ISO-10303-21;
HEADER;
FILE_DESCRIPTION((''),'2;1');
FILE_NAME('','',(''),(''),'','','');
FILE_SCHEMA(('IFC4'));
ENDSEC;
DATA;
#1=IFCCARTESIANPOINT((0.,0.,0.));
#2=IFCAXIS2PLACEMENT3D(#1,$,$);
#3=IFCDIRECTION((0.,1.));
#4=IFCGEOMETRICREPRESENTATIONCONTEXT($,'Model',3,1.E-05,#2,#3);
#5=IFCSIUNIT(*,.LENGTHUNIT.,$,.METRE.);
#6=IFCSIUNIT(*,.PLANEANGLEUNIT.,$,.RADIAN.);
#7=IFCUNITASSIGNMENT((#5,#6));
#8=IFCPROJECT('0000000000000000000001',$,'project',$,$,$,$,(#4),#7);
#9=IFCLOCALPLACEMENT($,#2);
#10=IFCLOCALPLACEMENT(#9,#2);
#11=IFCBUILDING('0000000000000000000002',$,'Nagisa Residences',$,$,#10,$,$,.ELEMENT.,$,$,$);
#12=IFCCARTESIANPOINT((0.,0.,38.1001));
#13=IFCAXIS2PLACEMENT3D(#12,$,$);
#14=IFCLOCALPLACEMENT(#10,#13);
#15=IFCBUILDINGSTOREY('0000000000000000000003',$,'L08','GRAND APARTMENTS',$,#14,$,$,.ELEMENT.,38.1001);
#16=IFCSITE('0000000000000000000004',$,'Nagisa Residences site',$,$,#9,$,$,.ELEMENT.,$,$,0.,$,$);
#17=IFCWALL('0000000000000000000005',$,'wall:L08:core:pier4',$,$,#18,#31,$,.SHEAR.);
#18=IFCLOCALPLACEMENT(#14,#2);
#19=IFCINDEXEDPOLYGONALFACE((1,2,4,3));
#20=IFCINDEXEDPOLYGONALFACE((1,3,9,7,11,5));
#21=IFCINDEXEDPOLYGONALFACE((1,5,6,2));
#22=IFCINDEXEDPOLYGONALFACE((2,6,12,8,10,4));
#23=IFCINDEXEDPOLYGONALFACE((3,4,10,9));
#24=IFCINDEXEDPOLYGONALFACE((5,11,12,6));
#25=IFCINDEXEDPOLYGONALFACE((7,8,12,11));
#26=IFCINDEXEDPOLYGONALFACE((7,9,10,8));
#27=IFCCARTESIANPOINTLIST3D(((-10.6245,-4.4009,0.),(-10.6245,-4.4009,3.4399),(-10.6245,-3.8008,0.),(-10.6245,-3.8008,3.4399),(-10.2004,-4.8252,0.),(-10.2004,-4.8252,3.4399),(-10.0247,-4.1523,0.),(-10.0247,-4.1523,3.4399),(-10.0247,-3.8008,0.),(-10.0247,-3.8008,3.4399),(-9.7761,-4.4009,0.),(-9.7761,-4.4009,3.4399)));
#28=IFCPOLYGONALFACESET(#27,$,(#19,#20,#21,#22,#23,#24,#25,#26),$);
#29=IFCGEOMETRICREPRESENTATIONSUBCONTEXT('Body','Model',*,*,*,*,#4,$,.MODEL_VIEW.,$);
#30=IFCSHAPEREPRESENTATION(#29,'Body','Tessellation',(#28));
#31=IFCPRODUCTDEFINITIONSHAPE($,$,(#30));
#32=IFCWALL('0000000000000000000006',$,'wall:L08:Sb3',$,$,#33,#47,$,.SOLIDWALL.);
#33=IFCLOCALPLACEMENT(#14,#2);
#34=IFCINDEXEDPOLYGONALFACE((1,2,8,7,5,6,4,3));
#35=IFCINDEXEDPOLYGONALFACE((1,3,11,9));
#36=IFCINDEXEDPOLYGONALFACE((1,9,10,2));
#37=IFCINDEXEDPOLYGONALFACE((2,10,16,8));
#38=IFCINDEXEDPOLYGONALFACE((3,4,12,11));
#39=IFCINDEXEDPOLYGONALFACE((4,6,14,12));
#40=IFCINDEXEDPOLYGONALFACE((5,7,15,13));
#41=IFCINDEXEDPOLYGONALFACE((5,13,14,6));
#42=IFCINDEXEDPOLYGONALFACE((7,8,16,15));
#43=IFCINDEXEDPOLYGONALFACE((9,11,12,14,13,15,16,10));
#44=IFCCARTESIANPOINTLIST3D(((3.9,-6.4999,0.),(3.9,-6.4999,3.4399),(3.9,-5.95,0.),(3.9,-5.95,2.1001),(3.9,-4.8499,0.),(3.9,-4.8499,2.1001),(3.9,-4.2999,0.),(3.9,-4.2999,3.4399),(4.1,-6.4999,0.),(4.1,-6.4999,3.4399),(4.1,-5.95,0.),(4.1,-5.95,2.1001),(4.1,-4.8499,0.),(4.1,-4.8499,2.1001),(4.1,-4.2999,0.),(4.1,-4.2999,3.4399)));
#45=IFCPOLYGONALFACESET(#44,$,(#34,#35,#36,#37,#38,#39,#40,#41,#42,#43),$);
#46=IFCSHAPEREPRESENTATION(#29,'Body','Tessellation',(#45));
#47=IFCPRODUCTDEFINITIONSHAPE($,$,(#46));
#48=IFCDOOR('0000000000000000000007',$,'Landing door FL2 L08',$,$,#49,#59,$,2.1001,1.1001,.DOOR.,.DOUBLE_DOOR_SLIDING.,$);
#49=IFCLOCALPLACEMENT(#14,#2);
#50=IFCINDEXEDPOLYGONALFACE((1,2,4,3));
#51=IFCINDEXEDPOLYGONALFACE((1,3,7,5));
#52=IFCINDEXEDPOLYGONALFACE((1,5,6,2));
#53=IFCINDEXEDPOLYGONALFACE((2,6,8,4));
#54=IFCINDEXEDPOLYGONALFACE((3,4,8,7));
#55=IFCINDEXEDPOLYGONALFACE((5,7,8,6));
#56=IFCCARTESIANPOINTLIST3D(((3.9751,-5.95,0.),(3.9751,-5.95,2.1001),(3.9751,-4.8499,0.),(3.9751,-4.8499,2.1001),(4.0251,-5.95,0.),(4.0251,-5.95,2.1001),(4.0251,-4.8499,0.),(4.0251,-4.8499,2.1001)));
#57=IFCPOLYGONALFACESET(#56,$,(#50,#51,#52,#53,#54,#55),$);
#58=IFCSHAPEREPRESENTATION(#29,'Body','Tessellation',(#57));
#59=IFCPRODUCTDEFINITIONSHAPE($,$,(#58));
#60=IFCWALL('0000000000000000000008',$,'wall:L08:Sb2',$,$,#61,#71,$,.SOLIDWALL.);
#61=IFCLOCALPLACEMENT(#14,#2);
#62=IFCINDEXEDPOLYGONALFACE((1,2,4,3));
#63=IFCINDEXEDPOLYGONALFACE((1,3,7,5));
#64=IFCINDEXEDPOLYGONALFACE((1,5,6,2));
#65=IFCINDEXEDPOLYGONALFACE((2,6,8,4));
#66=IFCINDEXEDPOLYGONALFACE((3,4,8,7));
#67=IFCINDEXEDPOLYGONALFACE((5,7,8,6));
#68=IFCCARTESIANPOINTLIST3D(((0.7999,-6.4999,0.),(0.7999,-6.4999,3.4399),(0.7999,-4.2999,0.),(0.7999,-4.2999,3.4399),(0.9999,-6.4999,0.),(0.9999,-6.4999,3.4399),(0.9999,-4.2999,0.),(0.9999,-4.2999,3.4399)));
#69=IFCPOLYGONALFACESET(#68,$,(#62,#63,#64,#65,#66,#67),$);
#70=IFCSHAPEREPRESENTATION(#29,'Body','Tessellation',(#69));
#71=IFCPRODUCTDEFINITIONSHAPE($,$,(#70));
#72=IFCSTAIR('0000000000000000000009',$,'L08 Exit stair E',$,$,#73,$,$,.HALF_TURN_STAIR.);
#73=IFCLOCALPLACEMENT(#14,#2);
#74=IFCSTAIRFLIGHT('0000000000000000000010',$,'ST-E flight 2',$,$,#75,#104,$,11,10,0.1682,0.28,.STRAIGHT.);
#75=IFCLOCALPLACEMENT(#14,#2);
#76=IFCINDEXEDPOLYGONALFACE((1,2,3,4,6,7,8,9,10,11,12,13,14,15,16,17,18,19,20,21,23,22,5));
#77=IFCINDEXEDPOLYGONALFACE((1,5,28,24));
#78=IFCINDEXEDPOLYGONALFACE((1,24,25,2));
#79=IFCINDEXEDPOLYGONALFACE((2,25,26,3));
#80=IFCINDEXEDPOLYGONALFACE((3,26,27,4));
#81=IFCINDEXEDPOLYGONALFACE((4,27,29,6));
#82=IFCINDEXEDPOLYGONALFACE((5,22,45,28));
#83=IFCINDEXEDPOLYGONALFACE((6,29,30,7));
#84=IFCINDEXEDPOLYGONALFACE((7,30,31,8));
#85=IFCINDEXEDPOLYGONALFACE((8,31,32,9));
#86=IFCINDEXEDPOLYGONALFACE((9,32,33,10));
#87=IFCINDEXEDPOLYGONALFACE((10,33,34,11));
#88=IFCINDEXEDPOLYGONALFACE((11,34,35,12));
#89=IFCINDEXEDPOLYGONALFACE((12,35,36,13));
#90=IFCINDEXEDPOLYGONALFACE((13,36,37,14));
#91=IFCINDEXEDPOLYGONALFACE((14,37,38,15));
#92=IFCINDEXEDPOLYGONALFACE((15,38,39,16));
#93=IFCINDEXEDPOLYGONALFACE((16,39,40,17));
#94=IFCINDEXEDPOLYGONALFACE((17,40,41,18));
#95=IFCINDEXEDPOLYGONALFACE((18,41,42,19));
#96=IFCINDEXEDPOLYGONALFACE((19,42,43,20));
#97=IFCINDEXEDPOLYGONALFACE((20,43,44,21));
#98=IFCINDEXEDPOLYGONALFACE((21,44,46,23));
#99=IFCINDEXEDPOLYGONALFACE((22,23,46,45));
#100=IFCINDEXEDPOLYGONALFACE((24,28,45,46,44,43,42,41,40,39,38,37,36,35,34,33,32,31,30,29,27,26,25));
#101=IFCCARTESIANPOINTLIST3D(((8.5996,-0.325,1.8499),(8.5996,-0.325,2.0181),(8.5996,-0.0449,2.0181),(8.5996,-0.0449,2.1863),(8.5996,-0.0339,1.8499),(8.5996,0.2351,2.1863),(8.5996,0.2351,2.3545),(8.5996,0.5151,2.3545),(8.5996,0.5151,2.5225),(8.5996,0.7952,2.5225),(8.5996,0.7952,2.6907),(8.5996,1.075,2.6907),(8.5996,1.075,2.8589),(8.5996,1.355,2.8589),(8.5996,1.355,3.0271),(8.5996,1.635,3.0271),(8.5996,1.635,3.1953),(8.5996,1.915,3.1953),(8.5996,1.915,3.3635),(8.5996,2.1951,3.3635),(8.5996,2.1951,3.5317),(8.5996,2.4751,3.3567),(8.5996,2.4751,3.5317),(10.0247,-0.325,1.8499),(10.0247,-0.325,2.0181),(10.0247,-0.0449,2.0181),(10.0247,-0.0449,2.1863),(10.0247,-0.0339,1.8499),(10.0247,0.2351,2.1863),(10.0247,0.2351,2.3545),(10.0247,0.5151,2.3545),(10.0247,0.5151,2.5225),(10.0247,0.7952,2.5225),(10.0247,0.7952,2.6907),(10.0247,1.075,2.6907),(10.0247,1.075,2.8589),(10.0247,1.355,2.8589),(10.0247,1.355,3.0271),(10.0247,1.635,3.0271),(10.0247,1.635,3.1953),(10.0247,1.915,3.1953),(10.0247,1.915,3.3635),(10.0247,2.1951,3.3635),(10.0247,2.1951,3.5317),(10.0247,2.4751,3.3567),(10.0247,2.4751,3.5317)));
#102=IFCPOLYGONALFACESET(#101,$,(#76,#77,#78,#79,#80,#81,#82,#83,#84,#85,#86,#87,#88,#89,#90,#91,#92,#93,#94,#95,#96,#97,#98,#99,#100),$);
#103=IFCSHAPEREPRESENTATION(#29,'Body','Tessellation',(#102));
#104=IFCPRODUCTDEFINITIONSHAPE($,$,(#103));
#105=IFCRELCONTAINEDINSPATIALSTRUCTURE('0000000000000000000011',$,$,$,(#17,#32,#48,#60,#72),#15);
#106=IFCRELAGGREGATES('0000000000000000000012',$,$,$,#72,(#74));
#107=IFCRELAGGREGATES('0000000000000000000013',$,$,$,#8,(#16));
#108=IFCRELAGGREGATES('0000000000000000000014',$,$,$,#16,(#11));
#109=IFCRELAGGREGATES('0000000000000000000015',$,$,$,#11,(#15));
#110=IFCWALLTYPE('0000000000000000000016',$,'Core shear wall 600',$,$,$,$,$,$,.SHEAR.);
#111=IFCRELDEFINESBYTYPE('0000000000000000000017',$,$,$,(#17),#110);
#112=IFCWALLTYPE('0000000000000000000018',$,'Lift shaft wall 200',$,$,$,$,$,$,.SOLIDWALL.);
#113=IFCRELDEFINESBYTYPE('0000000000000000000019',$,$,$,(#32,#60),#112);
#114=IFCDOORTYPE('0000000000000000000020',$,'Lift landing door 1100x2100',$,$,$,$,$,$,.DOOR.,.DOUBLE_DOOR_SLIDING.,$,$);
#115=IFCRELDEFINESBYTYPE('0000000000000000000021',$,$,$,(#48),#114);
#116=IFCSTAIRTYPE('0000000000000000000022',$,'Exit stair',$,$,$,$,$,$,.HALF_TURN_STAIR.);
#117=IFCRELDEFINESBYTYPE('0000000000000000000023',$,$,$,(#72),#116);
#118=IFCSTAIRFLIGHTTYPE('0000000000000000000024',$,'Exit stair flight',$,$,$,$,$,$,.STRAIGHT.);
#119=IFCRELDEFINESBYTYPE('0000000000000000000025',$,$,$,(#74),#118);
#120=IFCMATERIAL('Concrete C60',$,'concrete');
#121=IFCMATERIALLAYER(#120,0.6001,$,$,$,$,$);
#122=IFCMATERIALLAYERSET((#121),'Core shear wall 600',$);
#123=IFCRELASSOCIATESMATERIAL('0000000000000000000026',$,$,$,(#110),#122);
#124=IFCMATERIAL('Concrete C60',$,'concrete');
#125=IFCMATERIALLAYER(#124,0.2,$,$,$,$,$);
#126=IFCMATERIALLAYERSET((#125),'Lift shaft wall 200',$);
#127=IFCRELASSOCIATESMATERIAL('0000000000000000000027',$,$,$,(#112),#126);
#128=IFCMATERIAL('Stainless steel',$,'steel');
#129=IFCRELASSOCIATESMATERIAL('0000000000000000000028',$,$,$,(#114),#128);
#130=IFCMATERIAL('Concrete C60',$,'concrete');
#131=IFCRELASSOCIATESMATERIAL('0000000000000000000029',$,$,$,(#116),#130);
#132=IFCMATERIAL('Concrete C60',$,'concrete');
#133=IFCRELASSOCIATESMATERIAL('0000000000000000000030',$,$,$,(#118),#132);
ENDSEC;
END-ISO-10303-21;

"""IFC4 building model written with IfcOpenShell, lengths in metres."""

from ifc_helpers import new_model, si_unit, direction, frame, frame_2d, origin, place, context, subcontext, project, spatial, polyline, rectangle, outline, extrude, material, layer, layer_set, type_object, element, fill, aggregate, save


model = new_model("IFC4")

# Units and contexts
model_context = context("Model", 3, precision=1e-05, world=origin(), true_north=direction((0.0, 1.0)))
body_context = subcontext(model_context, "Body", "Model", "MODEL_VIEW")
ifc_project = project(units=[si_unit("LENGTHUNIT", "METRE"), si_unit("PLANEANGLEUNIT", "RADIAN")], contexts=[model_context])

# Site, building, storey
site_placement = place(None, origin())
site = spatial("IfcSite", under=ifc_project, at=site_placement, Name="Nagisa Residences site", CompositionType="ELEMENT", RefElevation=0.0)
building_placement = place(site_placement, origin())
building = spatial("IfcBuilding", under=site, at=building_placement, Name="Nagisa Residences", CompositionType="ELEMENT")
storey_placement = place(building_placement, frame((0.0, 0.0, 38.1001)))
storey = spatial("IfcBuildingStorey", under=building, at=storey_placement, Name="L08", Description="GRAND APARTMENTS", CompositionType="ELEMENT", Elevation=38.1001)

# Wall
ifc_material_1 = material(Name="Concrete C60", Category="concrete")
ifc_layer_1 = layer(ifc_material_1, 0.6001)
ifc_layer_set_1 = layer_set([ifc_layer_1], Name="Core shear wall 600")
wall_type_1 = type_object("IfcWallType", Name="Core shear wall 600", PredefinedType="SHEAR", material=ifc_layer_set_1)
wall_1_placement = place(storey_placement, origin())
element("IfcWall", 1, at=wall_1_placement, inside=storey, type_object=wall_type_1, Name="wall:L08:core:pier4", PredefinedType="SHEAR", context=body_context, shape_type="SweptSolid", body=[
    extrude(outline(polyline([(-10.6245, -3.8008), (-10.0247, -3.8008), (-10.0247, -4.1523), (-9.7761, -4.4009), (-10.2004, -4.8252), (-10.6245, -4.4009), (-10.6245, -3.8008)])), origin(), (0.0, 0.0, 1.0), 3.4399),
])

# Wall, opening, door
ifc_material_2 = material(Name="Concrete C60", Category="concrete")
ifc_layer_2 = layer(ifc_material_2, 0.2)
ifc_layer_set_2 = layer_set([ifc_layer_2], Name="Lift shaft wall 200")
wall_type_2 = type_object("IfcWallType", Name="Lift shaft wall 200", PredefinedType="SOLIDWALL", material=ifc_layer_set_2)
wall_2_placement = place(storey_placement, frame((4.0, -6.5, 0.0), z_axis=(0.0, 0.0, 1.0), x_axis=(0.0, 1.0, 0.0)))
wall_2 = element("IfcWall", 2, at=wall_2_placement, inside=storey, type_object=wall_type_2, Name="wall:L08:Sb3", PredefinedType="SOLIDWALL", context=body_context, shape_type="SweptSolid", body=[
    extrude(rectangle(XDim=2.2, YDim=0.2, at=frame_2d((1.1001, 0.0))), origin(), (0.0, 0.0, 1.0), 3.4399),
])
opening_placement = place(wall_2_placement, frame((0.55, 0.0, 0.0)))
opening = element("IfcOpeningElement", 3, at=opening_placement, cuts=wall_2, PredefinedType="OPENING", context=body_context, shape_type="SweptSolid", body=[
    extrude(rectangle(XDim=1.1001, YDim=2.1001, at=frame_2d((0.55, 1.05))), frame((0.0, 0.1099, 0.0), z_axis=(0.0, -1.0, 0.0), x_axis=(1.0, 0.0, 0.0)), (0.0, 0.0, 1.0), 0.22),
])
ifc_material_3 = material(Name="Stainless steel", Category="steel")
door_type = type_object("IfcDoorType", Name="Lift landing door 1100x2100", OperationType="DOUBLE_DOOR_SLIDING", PredefinedType="DOOR", material=ifc_material_3)
door_placement = place(opening_placement, origin())
door = element("IfcDoor", 4, at=door_placement, inside=storey, type_object=door_type, Name="Landing door FL2 L08", OperationType="DOUBLE_DOOR_SLIDING", OverallHeight=2.1001, OverallWidth=1.1001, PredefinedType="DOOR", context=body_context, shape_type="SweptSolid", body=[
    extrude(rectangle(XDim=1.1001, YDim=2.1001, at=frame_2d((0.55, 1.05))), frame((0.0, 0.0249, 0.0), z_axis=(0.0, -1.0, 0.0), x_axis=(1.0, 0.0, 0.0)), (0.0, 0.0, 1.0), 0.05),
])
fill(opening, door)

# Wall
wall_3_placement = place(storey_placement, frame((0.8999, -6.5, 0.0), z_axis=(0.0, 0.0, 1.0), x_axis=(0.0, 1.0, 0.0)))
element("IfcWall", 5, at=wall_3_placement, inside=storey, type_object=wall_type_2, Name="wall:L08:Sb2", PredefinedType="SOLIDWALL", context=body_context, shape_type="SweptSolid", body=[
    extrude(rectangle(XDim=2.2, YDim=0.2, at=frame_2d((1.1001, 0.0))), origin(), (0.0, 0.0, 1.0), 3.4399),
])

# Stair, stair flight
ifc_material_4 = material(Name="Concrete C60", Category="concrete")
stair_type = type_object("IfcStairType", Name="Exit stair", PredefinedType="HALF_TURN_STAIR", material=ifc_material_4)
stair_placement = place(storey_placement, origin())
stair = element("IfcStair", 6, at=stair_placement, inside=storey, type_object=stair_type, Name="L08 Exit stair E", PredefinedType="HALF_TURN_STAIR")
ifc_material_5 = material(Name="Concrete C60", Category="concrete")
stair_flight_type = type_object("IfcStairFlightType", Name="Exit stair flight", PredefinedType="STRAIGHT", material=ifc_material_5)
stair_flight_placement = place(storey_placement, frame((9.312, -0.325, 1.8499), z_axis=(0.0, 0.0, 1.0), x_axis=(0.0, 1.0, 0.0)))
stair_flight = element("IfcStairFlight", 7, at=stair_flight_placement, type_object=stair_flight_type, Name="ST-E flight 2", NumberOfRisers=11, NumberOfTreads=10, PredefinedType="STRAIGHT", RiserHeight=0.1682, TreadLength=0.28, context=body_context, shape_type="SweptSolid", body=[
    extrude(outline(polyline([(0.0, 0.0), (0.0, 0.1682), (0.28, 0.1682), (0.28, 0.3364), (0.5601, 0.3364), (0.5601, 0.5046), (0.8401, 0.5046), (0.8401, 0.6726), (1.1201, 0.6726), (1.1201, 0.8408), (1.3999, 0.8408), (1.3999, 1.009), (1.6799, 1.009), (1.6799, 1.1772), (1.96, 1.1772), (1.96, 1.3455), (2.24, 1.3455), (2.24, 1.5137), (2.52, 1.5137), (2.52, 1.6819), (2.8, 1.6819), (2.8, 1.8501), (2.8, 1.5068), (0.291, 0.0), (0.0, 0.0)])), frame((0.0, 0.7124, 0.0), z_axis=(0.0, -1.0, 0.0), x_axis=(1.0, 0.0, 0.0)), (0.0, 0.0, 1.0), 1.425),
])
aggregate(stair, [stair_flight])

save(model, "model.ifc")
